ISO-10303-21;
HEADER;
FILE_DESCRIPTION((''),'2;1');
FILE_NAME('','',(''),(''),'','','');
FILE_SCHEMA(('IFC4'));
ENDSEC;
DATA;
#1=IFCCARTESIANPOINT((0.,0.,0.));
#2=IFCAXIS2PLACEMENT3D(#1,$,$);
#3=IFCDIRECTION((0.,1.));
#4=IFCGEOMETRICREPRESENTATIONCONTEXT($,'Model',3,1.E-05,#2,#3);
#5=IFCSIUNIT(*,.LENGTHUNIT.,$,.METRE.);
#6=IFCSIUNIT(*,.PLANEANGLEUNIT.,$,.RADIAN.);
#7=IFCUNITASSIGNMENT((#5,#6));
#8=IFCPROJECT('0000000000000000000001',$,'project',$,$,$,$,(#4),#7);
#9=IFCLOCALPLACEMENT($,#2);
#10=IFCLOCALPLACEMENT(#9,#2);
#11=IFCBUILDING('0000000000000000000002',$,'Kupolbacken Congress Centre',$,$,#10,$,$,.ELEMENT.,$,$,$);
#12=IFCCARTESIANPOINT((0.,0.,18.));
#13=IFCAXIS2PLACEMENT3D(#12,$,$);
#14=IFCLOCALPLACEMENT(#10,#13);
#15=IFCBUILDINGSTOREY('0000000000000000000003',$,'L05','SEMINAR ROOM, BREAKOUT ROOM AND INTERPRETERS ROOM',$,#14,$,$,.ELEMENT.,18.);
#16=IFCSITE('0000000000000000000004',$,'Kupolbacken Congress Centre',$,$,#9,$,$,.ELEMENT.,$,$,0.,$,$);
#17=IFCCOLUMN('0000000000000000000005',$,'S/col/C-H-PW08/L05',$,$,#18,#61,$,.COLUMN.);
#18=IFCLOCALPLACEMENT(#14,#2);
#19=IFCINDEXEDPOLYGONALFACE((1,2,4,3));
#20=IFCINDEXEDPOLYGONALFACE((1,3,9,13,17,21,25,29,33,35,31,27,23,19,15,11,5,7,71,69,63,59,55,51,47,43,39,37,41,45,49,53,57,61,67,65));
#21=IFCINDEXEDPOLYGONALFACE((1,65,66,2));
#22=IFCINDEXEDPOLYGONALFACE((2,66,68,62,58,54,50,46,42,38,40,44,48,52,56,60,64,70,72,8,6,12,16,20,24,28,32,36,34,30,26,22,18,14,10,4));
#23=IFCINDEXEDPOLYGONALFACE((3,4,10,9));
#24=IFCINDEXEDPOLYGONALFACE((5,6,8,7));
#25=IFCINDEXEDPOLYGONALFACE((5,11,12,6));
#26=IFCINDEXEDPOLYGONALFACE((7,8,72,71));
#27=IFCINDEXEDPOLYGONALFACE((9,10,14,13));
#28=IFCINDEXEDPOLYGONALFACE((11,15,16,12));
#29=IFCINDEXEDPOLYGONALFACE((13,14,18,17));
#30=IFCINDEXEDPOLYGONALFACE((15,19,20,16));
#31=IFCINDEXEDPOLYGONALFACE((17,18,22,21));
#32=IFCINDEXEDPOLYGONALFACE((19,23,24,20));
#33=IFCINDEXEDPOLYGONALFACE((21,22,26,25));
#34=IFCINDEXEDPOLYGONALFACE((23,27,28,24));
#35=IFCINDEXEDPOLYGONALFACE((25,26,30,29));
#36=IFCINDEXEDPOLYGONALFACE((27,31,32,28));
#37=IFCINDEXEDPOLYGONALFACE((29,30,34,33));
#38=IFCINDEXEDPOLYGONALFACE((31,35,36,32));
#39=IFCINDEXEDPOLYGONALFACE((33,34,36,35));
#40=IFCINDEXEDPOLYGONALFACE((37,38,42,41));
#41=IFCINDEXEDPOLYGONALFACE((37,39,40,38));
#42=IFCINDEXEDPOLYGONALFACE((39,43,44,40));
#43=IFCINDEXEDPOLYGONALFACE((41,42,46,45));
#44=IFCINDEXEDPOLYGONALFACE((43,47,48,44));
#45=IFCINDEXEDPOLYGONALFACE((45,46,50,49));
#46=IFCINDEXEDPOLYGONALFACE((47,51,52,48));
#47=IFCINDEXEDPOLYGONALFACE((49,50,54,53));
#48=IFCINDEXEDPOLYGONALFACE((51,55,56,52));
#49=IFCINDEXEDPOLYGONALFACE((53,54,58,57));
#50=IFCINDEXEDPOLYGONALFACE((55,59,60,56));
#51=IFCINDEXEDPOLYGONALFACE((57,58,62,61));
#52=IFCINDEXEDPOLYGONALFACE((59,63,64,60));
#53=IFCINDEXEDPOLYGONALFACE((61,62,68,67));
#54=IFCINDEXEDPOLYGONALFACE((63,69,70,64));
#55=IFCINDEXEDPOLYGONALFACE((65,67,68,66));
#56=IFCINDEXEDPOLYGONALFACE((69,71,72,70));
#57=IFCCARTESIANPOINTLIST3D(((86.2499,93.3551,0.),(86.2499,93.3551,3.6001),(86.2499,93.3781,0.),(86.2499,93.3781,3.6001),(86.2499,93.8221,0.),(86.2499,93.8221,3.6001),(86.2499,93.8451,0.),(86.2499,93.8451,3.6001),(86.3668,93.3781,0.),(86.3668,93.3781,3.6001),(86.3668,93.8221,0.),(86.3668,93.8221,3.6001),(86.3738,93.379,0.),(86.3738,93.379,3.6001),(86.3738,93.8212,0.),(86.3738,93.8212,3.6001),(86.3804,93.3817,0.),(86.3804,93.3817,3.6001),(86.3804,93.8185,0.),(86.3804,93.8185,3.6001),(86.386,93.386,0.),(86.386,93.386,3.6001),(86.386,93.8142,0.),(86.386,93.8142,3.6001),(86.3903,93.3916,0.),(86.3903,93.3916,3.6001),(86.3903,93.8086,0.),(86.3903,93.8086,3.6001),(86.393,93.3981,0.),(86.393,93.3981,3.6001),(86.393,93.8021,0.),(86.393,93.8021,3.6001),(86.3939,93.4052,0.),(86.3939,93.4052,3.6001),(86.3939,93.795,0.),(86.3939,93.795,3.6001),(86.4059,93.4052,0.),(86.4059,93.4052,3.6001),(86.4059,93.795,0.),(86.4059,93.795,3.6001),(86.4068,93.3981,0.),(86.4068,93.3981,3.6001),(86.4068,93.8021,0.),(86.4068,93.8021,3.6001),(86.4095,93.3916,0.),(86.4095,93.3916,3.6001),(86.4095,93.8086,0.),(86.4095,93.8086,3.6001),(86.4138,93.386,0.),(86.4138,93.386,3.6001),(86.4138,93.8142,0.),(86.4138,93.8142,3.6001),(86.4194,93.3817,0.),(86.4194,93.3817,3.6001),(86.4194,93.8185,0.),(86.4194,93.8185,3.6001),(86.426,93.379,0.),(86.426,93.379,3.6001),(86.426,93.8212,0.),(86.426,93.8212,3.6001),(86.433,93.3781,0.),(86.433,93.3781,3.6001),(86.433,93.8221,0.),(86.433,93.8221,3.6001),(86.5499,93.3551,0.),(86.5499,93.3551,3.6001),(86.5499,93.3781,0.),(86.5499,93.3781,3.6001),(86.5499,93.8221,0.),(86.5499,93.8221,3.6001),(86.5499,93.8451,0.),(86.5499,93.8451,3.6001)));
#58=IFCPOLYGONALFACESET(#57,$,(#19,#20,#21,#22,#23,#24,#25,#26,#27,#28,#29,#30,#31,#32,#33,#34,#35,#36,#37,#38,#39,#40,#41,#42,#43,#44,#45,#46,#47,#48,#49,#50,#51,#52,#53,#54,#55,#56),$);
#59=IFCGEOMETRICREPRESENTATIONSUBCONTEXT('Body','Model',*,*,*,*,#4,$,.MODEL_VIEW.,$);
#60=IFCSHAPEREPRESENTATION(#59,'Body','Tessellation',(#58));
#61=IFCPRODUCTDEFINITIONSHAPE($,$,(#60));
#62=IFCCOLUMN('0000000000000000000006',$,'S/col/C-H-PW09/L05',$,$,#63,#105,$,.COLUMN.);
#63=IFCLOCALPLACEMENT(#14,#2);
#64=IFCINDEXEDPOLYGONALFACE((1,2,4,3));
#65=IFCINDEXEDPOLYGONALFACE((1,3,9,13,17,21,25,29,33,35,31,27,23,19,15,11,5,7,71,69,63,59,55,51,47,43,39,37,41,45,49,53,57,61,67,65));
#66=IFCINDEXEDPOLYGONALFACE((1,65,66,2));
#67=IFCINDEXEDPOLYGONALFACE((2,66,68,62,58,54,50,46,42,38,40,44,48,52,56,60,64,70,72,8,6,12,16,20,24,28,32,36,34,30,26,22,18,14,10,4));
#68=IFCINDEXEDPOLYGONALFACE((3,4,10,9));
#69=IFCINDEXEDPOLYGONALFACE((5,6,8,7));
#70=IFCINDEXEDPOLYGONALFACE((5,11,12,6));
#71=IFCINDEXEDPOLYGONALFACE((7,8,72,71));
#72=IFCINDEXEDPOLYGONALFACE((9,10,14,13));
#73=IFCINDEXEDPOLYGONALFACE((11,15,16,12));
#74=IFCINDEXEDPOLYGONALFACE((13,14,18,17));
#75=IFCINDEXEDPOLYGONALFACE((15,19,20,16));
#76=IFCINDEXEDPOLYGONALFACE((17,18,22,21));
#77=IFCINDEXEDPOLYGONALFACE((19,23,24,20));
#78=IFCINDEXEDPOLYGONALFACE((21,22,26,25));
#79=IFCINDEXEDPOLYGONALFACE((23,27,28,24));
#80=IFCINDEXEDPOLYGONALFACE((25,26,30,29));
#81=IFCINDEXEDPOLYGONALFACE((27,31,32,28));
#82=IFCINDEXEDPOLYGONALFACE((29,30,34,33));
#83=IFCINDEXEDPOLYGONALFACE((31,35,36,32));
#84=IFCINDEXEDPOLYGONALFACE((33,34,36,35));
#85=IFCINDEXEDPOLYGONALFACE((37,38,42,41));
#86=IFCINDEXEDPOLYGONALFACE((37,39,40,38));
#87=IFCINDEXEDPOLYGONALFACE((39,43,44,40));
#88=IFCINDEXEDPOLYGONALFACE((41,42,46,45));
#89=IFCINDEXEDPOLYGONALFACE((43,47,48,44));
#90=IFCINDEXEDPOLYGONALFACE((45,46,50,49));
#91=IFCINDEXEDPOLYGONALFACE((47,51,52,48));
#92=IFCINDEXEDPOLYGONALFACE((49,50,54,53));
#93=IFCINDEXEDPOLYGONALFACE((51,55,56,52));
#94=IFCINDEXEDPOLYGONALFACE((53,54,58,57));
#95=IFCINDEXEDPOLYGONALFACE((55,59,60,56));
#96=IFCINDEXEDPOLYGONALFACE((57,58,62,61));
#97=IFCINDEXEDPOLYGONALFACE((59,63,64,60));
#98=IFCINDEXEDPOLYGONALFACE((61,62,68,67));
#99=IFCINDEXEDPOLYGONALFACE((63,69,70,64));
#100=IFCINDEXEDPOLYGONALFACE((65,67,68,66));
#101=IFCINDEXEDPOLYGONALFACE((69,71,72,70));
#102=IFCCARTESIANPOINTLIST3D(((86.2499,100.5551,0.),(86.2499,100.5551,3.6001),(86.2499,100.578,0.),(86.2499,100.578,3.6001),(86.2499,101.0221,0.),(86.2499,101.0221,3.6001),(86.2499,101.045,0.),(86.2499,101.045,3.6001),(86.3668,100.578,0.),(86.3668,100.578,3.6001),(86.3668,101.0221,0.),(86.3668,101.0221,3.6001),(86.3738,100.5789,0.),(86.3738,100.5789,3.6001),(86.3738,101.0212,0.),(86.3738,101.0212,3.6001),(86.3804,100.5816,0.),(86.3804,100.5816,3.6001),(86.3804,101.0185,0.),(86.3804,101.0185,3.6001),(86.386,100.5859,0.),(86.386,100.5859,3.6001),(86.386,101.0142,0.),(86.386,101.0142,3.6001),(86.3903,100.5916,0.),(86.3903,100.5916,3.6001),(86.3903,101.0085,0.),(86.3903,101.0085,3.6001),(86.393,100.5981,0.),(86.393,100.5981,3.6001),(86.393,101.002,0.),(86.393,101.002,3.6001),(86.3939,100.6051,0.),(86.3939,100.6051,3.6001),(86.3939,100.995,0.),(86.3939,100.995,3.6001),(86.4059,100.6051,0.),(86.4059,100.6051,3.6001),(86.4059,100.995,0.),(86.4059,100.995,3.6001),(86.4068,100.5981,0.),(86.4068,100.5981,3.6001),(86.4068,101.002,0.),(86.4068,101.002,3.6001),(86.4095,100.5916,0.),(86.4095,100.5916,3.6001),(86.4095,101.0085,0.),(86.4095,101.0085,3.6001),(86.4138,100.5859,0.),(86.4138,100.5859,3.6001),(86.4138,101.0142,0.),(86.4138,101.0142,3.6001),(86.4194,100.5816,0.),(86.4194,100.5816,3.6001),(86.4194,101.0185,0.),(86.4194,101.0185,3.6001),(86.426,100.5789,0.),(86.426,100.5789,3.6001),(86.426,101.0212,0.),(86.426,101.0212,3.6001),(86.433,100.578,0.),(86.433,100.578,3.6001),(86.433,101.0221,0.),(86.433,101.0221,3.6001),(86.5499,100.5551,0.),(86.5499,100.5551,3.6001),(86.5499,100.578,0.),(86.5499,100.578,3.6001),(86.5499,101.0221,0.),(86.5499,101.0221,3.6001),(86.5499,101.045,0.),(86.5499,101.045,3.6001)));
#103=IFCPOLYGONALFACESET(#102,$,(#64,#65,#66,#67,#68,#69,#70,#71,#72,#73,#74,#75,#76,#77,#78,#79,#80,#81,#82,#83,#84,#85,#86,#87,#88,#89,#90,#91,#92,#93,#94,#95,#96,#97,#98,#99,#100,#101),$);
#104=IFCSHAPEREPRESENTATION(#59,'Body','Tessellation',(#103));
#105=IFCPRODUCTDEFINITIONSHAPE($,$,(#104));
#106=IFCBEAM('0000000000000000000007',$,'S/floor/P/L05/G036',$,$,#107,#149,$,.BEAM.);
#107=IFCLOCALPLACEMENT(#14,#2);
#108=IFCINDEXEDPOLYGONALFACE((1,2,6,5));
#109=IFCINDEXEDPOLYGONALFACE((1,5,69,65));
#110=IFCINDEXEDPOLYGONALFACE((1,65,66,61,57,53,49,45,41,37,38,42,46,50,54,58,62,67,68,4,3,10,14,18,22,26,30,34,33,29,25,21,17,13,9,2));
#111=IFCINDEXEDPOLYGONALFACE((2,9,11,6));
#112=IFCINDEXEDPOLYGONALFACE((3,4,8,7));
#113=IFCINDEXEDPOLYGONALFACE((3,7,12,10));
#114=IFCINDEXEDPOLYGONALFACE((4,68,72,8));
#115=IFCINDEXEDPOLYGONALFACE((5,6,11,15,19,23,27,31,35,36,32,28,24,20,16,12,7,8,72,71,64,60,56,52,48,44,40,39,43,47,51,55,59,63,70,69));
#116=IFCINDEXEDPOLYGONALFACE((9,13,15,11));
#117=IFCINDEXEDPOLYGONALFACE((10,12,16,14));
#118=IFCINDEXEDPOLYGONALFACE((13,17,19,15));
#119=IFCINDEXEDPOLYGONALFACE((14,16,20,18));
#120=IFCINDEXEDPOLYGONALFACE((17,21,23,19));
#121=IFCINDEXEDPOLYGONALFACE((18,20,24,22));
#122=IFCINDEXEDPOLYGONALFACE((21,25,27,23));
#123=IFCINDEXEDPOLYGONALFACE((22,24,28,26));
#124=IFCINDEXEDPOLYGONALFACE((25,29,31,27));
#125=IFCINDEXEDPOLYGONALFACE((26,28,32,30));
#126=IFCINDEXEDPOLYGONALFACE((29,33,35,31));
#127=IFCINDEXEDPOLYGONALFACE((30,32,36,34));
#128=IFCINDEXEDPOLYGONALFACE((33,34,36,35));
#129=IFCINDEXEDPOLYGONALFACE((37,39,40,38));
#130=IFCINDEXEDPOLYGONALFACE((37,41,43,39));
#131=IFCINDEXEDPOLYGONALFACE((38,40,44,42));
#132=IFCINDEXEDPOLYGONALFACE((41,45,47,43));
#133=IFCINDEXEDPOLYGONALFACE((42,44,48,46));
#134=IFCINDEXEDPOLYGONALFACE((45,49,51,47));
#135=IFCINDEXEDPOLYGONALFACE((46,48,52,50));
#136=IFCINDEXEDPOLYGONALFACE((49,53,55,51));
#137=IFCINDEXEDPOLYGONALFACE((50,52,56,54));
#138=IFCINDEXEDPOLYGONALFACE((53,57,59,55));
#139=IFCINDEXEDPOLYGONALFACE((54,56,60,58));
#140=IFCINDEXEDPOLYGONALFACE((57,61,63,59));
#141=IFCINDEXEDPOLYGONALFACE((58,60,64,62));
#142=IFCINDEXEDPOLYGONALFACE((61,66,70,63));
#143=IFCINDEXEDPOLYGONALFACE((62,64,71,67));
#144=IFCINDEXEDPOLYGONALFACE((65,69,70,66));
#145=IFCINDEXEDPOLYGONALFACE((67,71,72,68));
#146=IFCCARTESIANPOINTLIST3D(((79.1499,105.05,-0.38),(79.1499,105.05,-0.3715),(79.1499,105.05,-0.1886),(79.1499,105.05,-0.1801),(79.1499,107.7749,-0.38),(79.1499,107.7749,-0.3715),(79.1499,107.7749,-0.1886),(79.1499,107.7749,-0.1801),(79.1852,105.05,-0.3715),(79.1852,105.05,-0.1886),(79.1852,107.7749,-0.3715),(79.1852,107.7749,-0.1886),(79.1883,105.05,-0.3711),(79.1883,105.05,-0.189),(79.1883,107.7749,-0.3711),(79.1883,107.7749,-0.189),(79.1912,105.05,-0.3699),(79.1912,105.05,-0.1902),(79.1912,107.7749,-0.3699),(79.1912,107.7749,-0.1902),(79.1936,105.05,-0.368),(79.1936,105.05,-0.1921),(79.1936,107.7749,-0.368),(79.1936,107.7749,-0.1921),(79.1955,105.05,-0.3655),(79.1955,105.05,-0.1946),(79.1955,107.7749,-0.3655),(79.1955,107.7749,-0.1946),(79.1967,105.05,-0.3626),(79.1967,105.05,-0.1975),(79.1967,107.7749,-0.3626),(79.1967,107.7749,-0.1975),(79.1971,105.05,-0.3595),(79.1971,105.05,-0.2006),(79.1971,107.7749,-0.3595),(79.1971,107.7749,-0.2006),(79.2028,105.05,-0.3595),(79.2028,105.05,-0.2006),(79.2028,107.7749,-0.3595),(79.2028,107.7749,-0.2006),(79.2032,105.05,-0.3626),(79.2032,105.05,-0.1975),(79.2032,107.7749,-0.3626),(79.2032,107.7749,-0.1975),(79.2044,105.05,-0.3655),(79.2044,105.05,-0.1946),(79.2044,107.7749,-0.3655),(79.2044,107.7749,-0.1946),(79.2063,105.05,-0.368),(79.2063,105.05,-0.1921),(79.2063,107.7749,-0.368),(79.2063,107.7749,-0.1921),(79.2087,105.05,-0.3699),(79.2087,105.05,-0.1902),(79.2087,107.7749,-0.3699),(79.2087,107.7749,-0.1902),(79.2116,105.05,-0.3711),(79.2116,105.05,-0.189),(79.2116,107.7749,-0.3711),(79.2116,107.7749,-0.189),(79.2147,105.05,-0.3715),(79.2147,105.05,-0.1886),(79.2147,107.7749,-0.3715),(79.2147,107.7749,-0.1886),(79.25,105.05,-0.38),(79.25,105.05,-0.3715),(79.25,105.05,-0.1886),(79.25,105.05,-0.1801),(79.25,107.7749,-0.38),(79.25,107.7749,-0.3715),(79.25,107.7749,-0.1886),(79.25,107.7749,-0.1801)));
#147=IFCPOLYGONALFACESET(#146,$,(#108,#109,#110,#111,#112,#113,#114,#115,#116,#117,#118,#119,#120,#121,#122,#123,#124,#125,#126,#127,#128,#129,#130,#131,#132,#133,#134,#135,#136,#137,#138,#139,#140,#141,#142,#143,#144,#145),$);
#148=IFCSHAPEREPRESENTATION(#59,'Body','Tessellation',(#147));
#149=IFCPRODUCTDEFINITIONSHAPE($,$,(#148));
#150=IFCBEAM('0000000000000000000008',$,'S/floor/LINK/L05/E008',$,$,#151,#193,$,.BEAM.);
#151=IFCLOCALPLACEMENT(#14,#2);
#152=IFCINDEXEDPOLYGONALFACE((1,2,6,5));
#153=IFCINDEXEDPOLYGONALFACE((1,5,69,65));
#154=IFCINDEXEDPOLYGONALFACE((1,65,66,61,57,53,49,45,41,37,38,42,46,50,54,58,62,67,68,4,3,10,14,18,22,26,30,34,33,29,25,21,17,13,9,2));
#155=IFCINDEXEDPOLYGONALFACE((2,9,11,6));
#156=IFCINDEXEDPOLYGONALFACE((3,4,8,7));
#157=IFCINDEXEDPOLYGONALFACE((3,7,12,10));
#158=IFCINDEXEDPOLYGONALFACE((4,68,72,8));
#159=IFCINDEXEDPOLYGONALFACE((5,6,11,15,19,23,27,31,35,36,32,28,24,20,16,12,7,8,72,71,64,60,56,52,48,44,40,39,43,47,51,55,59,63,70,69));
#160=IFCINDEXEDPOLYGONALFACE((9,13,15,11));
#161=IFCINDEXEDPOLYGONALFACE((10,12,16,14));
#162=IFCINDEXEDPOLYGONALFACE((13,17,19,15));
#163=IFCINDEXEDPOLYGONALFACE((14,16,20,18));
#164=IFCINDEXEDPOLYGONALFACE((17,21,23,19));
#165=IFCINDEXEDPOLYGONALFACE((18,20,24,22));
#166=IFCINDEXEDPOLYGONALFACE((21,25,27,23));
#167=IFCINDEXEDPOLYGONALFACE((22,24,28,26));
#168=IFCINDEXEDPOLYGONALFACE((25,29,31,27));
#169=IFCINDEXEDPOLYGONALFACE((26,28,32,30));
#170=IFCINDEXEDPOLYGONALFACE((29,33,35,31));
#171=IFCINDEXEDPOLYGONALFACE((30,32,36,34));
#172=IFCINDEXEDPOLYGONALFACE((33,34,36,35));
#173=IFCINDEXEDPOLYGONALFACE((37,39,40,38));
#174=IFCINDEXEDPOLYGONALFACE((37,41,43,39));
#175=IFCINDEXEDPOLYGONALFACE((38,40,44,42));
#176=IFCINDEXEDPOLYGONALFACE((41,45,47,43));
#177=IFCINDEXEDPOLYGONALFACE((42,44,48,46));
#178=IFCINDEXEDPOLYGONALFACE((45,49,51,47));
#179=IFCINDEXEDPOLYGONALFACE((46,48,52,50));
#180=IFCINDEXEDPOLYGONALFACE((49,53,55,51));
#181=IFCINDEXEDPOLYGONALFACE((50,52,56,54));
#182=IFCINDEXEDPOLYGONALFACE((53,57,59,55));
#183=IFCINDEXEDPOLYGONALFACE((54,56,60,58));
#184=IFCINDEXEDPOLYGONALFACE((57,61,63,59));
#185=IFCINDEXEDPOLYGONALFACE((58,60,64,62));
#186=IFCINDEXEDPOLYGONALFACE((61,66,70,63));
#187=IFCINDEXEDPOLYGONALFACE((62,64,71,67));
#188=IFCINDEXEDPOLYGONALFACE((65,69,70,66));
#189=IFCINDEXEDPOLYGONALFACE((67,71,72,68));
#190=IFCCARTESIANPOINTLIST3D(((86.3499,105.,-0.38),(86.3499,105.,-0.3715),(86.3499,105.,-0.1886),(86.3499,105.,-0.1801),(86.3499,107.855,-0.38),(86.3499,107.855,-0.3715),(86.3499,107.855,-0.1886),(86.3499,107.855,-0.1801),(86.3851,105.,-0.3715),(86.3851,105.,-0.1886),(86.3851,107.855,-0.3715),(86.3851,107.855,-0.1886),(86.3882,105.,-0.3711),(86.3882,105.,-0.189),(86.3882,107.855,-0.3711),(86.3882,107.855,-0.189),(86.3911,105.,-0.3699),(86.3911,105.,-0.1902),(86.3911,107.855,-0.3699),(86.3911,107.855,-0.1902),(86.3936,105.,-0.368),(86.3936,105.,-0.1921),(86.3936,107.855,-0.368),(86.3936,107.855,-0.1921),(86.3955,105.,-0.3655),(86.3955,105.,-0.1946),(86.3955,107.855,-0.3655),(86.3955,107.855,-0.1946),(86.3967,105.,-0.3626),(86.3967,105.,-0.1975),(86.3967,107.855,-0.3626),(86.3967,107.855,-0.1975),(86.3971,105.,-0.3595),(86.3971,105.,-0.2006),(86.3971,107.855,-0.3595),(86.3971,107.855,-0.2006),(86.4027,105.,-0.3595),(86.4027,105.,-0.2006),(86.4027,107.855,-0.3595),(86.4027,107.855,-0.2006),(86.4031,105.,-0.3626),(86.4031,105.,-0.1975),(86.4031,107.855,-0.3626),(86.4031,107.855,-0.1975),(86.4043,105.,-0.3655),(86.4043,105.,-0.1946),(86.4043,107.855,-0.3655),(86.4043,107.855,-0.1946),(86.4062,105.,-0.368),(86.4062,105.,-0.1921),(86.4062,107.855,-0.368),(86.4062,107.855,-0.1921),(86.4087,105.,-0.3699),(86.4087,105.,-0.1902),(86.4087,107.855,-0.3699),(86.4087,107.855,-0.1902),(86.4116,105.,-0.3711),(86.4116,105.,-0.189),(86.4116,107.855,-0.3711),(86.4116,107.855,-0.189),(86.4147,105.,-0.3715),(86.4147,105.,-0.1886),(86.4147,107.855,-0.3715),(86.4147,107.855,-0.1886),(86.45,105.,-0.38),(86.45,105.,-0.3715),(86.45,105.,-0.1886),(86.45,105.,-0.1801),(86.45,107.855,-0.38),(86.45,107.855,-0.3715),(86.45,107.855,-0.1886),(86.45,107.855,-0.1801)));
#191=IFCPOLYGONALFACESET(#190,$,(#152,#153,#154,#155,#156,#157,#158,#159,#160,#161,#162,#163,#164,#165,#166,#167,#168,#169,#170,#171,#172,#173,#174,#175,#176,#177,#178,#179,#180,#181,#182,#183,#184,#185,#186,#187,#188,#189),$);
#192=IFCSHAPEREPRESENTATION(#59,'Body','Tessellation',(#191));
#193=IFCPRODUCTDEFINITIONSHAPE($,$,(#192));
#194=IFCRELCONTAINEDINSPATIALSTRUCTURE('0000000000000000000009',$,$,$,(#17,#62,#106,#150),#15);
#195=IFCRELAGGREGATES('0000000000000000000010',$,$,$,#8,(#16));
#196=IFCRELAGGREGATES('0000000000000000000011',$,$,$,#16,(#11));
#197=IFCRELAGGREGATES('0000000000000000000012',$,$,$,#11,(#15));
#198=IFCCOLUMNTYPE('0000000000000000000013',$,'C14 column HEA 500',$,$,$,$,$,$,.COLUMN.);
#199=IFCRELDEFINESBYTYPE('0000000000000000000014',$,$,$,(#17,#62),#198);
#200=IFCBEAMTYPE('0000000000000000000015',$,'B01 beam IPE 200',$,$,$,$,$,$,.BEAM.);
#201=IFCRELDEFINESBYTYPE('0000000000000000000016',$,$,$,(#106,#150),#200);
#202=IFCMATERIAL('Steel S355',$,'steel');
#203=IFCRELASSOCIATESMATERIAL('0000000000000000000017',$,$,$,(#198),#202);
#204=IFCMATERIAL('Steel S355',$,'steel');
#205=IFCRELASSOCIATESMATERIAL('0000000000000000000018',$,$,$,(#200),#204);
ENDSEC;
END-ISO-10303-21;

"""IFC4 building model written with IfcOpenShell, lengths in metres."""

from ifc_helpers import new_model, si_unit, direction, frame, origin, origin_2d, place, context, subcontext, project, spatial, i_section, extrude, material, material_profile, profile_set, type_object, element, save


model = new_model("IFC4")

# Units and contexts
model_context = context("Model", 3, precision=1e-05, world=origin(), true_north=direction((0.0, 1.0)))
body_context = subcontext(model_context, "Body", "Model", "MODEL_VIEW")
ifc_project = project(units=[si_unit("LENGTHUNIT", "METRE"), si_unit("PLANEANGLEUNIT", "RADIAN")], contexts=[model_context])

# Site, building, storey
site_placement = place(None, origin())
site = spatial("IfcSite", under=ifc_project, at=site_placement, Name="Kupolbacken Congress Centre", CompositionType="ELEMENT", RefElevation=0.0)
building_placement = place(site_placement, origin())
building = spatial("IfcBuilding", under=site, at=building_placement, Name="Kupolbacken Congress Centre", CompositionType="ELEMENT")
storey_placement = place(building_placement, frame((0.0, 0.0, 18.0)))
storey = spatial("IfcBuildingStorey", under=building, at=storey_placement, Name="L05", Description="SEMINAR ROOM, BREAKOUT ROOM AND INTERPRETERS ROOM", CompositionType="ELEMENT", Elevation=18.0)

# Columns
ifc_material_1 = material(Name="Steel S355", Category="steel")
ifc_material_profile_1 = material_profile(ifc_material_1, i_section(OverallWidth=0.3, OverallDepth=0.49, WebThickness=0.012, FlangeThickness=0.0229, FilletRadius=0.0271, at=origin_2d()), Name="HEA 500")
ifc_profile_set_1 = profile_set([ifc_material_profile_1], Name="Steel S355")
column_type = type_object("IfcColumnType", Name="C14 column HEA 500", PredefinedType="COLUMN", material=ifc_profile_set_1)
for number, where, z_axis, x_axis, name in (
    (1, (86.3999, 93.6001, 0.0), (0.0, 0.0, 1.0), (1.0, 0.0, 0.0), "S/col/C-H-PW08/L05"),
    (2, (86.3999, 100.8, 0.0), (0.0, 0.0, 1.0), (1.0, 0.0, 0.0), "S/col/C-H-PW09/L05"),
):
    element("IfcColumn", number, at=place(storey_placement, frame(where, z_axis=z_axis, x_axis=x_axis)), inside=storey, type_object=column_type, Name=name, PredefinedType="COLUMN", context=body_context, shape_type="SweptSolid", body=[
        extrude(i_section(OverallWidth=0.3, OverallDepth=0.49, WebThickness=0.012, FlangeThickness=0.0229, FilletRadius=0.0271, at=origin_2d()), origin(), (0.0, 0.0, 1.0), 3.6001),
    ])

# Beams
ifc_material_2 = material(Name="Steel S355", Category="steel")
ifc_material_profile_2 = material_profile(ifc_material_2, i_section(OverallWidth=0.1001, OverallDepth=0.2, WebThickness=0.0056, FlangeThickness=0.0085, FilletRadius=0.012, at=origin_2d()), Name="IPE 200")
ifc_profile_set_2 = profile_set([ifc_material_profile_2], Name="Steel S355")
beam_type_1 = type_object("IfcBeamType", Name="B01 beam IPE 200", PredefinedType="BEAM", material=ifc_profile_set_2)
beam_1_placement = place(storey_placement, frame((79.2, 105.05, -0.28), z_axis=(0.0, 1.0, 0.0), x_axis=(-1.0, 0.0, 0.0)))
element("IfcBeam", 3, at=beam_1_placement, inside=storey, type_object=beam_type_1, Name="S/floor/P/L05/G036", PredefinedType="BEAM", context=body_context, shape_type="SweptSolid", body=[
    extrude(i_section(OverallWidth=0.1001, OverallDepth=0.2, WebThickness=0.0056, FlangeThickness=0.0085, FilletRadius=0.012, at=origin_2d()), origin(), (0.0, 0.0, 1.0), 2.7249),
])
beam_2_placement = place(storey_placement, frame((86.3999, 105.0, -0.28), z_axis=(0.0, 1.0, 0.0), x_axis=(-1.0, 0.0, 0.0)))
element("IfcBeam", 4, at=beam_2_placement, inside=storey, type_object=beam_type_1, Name="S/floor/LINK/L05/E008", PredefinedType="BEAM", context=body_context, shape_type="SweptSolid", body=[
    extrude(i_section(OverallWidth=0.1001, OverallDepth=0.2, WebThickness=0.0056, FlangeThickness=0.0085, FilletRadius=0.012, at=origin_2d()), origin(), (0.0, 0.0, 1.0), 2.855),
])

save(model, "model.ifc")
